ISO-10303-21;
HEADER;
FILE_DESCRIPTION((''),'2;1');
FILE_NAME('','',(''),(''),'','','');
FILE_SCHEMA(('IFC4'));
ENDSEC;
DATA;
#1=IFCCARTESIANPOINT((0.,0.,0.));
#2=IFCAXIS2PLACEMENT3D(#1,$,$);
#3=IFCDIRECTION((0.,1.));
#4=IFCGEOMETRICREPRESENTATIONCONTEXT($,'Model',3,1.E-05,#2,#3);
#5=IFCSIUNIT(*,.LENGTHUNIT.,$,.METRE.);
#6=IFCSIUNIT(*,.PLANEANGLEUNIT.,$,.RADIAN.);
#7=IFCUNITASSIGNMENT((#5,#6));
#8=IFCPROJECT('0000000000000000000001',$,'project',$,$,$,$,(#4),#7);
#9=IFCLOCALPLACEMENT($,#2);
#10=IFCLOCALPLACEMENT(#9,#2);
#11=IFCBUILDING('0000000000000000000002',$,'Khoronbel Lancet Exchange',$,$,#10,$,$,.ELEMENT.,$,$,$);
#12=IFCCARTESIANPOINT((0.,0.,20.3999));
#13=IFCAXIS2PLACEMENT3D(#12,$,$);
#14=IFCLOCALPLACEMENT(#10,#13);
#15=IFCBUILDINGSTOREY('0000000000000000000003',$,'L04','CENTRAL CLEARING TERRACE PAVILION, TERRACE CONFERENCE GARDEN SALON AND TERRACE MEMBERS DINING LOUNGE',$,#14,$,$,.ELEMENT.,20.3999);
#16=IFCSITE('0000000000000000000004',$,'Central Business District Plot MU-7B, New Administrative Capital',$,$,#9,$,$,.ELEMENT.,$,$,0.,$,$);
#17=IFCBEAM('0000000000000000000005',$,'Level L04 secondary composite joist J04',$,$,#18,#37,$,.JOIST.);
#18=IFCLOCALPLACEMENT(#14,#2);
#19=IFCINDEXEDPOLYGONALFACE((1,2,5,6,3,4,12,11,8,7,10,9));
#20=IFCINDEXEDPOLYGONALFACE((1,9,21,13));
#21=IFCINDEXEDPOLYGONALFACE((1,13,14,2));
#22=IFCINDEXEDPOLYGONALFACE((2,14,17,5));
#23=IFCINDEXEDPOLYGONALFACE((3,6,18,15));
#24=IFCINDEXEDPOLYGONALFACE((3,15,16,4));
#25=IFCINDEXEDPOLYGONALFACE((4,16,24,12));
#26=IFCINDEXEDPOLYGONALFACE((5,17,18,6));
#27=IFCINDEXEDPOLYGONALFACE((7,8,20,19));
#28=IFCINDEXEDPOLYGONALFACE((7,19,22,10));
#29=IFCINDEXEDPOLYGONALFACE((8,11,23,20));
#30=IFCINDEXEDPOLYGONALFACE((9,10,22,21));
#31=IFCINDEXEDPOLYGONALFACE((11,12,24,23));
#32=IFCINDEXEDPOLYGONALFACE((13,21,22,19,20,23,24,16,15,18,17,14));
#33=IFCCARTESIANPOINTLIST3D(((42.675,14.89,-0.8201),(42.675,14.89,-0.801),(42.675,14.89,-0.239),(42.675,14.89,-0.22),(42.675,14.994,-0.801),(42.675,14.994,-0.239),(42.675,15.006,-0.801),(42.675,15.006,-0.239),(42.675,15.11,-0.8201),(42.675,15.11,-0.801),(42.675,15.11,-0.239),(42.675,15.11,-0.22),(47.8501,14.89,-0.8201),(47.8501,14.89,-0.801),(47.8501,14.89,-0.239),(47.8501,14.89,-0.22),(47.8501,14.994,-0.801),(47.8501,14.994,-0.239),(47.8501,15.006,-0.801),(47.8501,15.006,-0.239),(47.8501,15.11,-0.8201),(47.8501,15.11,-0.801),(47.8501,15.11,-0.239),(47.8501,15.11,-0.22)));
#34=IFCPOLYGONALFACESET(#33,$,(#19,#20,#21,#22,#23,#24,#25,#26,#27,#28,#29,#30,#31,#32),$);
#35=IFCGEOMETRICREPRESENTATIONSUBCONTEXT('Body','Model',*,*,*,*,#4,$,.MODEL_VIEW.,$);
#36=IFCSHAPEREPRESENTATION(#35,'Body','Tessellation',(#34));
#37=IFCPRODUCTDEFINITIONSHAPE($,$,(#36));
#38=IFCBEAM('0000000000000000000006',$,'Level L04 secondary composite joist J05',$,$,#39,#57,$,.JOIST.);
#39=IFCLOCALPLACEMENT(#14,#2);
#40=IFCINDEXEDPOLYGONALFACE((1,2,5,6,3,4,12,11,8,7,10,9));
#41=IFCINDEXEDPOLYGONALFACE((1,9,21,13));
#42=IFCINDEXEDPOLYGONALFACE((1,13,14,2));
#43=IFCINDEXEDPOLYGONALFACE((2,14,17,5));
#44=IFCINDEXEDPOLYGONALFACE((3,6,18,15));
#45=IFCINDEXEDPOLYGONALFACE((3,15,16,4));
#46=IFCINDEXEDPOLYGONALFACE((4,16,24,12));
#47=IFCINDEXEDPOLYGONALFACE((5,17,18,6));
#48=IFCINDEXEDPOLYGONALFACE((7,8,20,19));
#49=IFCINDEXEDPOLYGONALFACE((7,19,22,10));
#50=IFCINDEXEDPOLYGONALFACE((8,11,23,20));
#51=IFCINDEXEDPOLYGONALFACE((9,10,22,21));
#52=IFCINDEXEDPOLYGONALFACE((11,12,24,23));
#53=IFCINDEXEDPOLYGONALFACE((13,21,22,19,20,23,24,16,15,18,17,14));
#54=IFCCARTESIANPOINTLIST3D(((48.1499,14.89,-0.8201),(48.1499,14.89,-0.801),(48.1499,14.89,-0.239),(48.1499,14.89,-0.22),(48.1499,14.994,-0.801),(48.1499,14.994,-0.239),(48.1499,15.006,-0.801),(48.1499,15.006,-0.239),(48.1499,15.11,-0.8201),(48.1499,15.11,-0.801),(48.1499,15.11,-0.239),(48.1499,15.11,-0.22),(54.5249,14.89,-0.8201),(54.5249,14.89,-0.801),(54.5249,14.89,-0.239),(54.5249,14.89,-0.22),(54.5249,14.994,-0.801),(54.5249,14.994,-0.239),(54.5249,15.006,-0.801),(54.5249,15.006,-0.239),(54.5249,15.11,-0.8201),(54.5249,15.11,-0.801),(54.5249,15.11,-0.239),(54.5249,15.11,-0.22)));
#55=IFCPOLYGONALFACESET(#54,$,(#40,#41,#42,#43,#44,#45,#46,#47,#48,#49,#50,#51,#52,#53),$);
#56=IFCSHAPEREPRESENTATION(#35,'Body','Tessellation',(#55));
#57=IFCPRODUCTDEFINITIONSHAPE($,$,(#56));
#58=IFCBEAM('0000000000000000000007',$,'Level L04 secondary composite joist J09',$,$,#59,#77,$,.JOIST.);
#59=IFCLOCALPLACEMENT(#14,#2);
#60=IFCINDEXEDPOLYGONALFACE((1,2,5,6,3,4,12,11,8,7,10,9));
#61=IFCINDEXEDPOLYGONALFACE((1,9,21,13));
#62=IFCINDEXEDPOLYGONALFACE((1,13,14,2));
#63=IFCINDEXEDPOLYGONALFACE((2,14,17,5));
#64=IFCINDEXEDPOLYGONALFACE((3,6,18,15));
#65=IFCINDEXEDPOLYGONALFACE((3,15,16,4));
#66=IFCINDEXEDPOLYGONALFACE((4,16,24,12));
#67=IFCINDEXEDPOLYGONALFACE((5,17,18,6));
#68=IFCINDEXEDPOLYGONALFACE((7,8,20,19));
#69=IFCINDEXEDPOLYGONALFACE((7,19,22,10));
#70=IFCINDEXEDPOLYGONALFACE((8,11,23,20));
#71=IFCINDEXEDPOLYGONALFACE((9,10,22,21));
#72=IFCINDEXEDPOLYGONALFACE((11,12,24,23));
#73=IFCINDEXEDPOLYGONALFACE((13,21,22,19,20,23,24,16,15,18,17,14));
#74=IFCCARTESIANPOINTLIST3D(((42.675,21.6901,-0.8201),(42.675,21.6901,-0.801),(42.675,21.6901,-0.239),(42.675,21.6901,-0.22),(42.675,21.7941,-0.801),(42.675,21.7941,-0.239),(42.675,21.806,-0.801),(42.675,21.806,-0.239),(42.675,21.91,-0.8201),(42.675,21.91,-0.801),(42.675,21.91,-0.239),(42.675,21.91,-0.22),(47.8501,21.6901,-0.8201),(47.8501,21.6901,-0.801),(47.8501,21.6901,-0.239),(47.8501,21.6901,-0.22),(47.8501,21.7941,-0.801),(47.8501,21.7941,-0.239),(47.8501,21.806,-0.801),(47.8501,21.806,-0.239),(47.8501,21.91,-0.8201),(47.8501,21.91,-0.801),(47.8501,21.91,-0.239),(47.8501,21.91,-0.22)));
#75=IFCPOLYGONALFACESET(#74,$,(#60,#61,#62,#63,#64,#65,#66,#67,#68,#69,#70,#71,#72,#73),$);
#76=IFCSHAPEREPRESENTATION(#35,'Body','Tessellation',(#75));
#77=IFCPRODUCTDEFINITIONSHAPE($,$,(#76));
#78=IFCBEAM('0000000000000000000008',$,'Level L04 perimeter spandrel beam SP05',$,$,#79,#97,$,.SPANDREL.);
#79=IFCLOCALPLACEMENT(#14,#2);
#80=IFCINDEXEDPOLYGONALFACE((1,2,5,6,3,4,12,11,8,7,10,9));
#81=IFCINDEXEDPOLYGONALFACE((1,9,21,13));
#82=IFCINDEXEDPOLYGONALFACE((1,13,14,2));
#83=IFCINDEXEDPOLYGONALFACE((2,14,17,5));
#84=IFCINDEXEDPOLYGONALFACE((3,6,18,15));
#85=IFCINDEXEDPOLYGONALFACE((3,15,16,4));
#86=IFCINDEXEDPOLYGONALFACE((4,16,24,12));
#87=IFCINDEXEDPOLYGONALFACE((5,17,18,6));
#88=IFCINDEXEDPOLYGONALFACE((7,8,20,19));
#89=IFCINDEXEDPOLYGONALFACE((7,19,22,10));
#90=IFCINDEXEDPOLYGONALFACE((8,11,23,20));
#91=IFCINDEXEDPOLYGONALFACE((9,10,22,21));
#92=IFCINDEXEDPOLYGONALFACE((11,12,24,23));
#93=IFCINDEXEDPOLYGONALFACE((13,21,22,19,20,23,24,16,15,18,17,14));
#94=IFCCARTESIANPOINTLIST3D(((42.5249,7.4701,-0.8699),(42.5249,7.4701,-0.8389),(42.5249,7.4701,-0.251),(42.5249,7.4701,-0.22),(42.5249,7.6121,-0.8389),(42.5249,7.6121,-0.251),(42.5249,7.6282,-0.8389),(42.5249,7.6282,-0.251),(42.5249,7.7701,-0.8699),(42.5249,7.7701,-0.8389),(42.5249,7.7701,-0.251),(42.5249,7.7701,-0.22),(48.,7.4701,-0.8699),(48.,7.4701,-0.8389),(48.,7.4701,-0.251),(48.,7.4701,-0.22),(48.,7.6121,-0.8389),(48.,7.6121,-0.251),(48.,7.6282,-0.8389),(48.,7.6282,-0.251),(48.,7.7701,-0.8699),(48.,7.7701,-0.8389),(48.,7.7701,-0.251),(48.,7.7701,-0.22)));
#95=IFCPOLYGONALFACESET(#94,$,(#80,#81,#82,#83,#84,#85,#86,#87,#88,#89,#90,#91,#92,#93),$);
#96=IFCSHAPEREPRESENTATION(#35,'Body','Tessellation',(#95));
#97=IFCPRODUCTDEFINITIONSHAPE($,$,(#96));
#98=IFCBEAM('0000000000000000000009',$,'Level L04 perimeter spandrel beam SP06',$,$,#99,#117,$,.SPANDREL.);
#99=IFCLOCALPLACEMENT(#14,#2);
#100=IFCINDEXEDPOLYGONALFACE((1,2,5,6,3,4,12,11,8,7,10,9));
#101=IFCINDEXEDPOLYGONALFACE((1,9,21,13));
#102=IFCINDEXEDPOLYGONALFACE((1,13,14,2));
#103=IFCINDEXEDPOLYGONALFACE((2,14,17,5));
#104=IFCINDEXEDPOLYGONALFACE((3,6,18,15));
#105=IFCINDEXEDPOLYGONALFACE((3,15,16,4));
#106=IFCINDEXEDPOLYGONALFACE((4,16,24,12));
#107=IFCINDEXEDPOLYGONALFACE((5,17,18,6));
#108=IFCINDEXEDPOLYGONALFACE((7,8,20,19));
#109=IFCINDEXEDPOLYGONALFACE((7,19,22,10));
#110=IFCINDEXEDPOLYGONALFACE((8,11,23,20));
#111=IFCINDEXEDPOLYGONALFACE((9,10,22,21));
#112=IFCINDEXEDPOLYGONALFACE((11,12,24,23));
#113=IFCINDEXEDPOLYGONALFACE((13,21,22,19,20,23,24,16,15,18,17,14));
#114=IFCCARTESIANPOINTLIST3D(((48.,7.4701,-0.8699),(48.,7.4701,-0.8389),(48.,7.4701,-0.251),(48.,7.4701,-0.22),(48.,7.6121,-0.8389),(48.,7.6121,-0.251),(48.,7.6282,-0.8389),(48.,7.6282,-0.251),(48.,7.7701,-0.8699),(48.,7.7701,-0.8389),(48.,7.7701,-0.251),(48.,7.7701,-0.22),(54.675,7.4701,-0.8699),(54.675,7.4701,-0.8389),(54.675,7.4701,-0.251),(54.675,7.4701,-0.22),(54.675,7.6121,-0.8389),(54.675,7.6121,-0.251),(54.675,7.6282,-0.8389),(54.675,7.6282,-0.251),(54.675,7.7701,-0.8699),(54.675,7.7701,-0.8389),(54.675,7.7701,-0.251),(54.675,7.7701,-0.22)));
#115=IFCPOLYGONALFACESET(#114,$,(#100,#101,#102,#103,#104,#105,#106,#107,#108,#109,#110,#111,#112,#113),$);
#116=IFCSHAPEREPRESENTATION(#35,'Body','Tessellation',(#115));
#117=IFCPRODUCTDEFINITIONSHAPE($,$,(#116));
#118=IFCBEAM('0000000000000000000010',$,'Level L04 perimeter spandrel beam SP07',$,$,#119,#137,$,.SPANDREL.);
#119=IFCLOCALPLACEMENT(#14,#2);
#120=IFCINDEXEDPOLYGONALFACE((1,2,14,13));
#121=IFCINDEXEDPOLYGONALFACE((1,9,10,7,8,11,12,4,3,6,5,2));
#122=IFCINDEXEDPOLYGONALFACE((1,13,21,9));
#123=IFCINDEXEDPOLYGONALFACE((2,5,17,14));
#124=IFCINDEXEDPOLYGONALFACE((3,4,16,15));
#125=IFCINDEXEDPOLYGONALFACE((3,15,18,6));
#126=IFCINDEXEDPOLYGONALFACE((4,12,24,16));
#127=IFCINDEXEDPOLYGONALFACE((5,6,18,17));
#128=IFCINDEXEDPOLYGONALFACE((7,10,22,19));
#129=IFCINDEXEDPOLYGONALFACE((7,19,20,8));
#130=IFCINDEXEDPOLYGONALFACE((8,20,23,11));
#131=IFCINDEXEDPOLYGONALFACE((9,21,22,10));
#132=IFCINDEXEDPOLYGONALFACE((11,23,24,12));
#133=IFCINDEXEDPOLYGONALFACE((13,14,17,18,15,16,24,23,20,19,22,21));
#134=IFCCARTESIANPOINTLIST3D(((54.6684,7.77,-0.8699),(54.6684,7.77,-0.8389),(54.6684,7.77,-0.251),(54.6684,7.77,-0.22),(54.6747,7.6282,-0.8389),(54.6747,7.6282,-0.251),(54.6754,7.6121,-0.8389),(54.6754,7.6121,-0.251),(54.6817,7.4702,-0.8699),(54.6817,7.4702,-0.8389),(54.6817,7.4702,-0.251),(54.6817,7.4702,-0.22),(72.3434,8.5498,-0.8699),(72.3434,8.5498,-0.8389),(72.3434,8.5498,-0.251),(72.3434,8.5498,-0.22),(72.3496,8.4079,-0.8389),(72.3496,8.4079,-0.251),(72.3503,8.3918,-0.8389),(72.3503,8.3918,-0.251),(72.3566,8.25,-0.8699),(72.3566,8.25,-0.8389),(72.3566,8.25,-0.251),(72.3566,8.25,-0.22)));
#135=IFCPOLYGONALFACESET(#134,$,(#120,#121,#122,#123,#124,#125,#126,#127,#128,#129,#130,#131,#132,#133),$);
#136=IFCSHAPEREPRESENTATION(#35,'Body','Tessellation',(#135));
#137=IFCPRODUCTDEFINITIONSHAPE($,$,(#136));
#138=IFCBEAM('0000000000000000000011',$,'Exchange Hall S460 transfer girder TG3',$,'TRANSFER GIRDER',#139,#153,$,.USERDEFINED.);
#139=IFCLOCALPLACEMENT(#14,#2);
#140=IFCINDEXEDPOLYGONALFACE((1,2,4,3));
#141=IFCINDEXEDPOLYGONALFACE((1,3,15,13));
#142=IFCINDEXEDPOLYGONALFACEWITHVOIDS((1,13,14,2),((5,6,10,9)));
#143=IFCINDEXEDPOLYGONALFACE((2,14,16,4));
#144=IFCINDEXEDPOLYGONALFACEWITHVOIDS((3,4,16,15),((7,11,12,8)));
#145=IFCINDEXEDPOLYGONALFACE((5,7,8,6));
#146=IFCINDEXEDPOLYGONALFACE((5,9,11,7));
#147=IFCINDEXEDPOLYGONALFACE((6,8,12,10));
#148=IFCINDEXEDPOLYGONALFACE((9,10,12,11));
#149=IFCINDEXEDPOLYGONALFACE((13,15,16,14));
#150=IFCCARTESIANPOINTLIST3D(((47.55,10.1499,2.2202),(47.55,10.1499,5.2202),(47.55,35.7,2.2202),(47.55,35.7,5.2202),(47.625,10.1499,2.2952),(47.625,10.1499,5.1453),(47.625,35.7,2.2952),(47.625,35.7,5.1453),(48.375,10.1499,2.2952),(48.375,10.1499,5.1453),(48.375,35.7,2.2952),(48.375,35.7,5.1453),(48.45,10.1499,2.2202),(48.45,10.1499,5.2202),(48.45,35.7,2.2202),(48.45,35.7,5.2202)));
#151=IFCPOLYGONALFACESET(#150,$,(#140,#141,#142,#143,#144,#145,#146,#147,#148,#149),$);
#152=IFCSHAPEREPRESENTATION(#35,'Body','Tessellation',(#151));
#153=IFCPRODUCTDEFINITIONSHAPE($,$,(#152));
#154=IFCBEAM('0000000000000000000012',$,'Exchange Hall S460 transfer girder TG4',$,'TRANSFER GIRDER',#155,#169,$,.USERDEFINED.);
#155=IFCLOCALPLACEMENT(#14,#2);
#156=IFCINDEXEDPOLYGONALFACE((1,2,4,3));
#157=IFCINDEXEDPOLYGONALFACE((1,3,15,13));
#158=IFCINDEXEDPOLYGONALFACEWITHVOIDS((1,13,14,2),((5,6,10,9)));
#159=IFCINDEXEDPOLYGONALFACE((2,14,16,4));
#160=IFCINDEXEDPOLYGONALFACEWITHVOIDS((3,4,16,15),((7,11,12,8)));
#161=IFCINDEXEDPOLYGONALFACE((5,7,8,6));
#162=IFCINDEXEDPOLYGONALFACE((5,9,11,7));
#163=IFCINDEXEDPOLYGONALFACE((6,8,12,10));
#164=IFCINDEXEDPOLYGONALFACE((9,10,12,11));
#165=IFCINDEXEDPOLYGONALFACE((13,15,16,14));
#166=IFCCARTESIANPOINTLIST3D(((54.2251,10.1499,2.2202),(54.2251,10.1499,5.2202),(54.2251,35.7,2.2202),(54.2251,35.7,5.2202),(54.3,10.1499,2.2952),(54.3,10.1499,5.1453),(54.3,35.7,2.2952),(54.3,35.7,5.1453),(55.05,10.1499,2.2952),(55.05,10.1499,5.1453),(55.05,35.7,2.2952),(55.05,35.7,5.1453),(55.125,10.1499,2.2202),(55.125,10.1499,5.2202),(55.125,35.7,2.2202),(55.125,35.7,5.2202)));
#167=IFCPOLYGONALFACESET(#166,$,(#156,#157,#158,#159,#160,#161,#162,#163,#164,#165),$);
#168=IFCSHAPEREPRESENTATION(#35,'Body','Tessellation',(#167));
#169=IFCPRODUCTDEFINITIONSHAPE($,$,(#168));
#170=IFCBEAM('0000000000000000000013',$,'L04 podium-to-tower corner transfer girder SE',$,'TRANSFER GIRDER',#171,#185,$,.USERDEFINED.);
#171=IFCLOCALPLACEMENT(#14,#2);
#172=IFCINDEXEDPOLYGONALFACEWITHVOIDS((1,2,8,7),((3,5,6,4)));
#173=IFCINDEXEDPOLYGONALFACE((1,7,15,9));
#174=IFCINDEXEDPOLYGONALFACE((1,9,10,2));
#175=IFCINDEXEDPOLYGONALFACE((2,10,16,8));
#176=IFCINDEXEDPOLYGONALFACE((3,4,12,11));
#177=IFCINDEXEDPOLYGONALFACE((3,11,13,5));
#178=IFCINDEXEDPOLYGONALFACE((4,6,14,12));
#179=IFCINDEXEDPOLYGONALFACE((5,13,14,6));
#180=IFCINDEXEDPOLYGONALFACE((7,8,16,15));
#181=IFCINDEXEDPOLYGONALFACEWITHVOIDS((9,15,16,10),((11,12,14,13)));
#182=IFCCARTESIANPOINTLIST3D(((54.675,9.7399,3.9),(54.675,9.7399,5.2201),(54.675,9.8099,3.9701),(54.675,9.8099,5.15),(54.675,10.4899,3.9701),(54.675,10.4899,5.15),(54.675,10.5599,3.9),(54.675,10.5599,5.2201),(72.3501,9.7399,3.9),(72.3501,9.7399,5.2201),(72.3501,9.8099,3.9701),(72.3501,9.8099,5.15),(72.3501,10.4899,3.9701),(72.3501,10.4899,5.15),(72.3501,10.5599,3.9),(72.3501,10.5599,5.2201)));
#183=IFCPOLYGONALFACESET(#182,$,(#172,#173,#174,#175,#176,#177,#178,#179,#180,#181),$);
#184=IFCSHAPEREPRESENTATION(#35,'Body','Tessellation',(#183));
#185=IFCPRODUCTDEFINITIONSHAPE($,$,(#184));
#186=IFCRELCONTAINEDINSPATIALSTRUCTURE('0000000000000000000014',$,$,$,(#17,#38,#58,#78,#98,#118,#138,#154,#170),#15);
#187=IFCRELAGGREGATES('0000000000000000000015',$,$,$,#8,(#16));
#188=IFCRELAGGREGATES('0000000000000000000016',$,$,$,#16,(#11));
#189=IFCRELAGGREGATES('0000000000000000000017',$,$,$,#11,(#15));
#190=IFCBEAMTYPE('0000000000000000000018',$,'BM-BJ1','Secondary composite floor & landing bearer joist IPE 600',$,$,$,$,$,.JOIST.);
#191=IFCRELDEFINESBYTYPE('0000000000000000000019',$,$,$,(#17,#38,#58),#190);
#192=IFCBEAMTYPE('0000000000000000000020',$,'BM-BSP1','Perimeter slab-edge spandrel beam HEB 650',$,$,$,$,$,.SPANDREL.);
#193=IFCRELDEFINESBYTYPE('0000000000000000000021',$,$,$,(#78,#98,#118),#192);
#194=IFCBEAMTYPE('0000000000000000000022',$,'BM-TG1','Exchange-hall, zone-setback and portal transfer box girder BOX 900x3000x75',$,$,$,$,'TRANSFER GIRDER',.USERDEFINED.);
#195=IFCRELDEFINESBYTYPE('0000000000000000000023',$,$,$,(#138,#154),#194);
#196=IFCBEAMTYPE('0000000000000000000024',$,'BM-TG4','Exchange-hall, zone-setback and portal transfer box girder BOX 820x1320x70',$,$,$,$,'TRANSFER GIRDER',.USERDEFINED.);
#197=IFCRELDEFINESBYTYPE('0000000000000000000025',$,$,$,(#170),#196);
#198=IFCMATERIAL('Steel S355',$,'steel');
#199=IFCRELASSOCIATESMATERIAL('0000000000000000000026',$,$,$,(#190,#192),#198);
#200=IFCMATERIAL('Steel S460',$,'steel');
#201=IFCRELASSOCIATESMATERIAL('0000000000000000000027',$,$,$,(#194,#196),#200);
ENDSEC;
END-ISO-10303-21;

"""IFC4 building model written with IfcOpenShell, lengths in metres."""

from ifc_helpers import new_model, si_unit, direction, frame, origin, origin_2d, place, context, subcontext, project, spatial, hollow_rectangle, i_section, extrude, material, material_profile, profile_set, type_object, element, save


model = new_model("IFC4")

# Units and contexts
model_context = context("Model", 3, precision=1e-05, world=origin(), true_north=direction((0.0, 1.0)))
body_context = subcontext(model_context, "Body", "Model", "MODEL_VIEW")
ifc_project = project(units=[si_unit("LENGTHUNIT", "METRE"), si_unit("PLANEANGLEUNIT", "RADIAN")], contexts=[model_context])

# Site, building, storey
site_placement = place(None, origin())
site = spatial("IfcSite", under=ifc_project, at=site_placement, Name="Central Business District Plot MU-7B, New Administrative Capital", CompositionType="ELEMENT", RefElevation=0.0)
building_placement = place(site_placement, origin())
building = spatial("IfcBuilding", under=site, at=building_placement, Name="Khoronbel Lancet Exchange", CompositionType="ELEMENT")
storey_placement = place(building_placement, frame((0.0, 0.0, 20.3999)))
storey = spatial("IfcBuildingStorey", under=building, at=storey_placement, Name="L04", Description="CENTRAL CLEARING TERRACE PAVILION, TERRACE CONFERENCE GARDEN SALON AND TERRACE MEMBERS DINING LOUNGE", CompositionType="ELEMENT", Elevation=20.3999)

# Shared definitions
ifc_material_1 = material(Name="Steel S460", Category="steel")
ifc_material_2 = material(Name="Steel S355", Category="steel")

# Beams
ifc_material_profile_1 = material_profile(ifc_material_2, i_section(OverallWidth=0.22, OverallDepth=0.6001, WebThickness=0.012, FlangeThickness=0.019, at=origin_2d()), Name="IPE 600")
ifc_profile_set_1 = profile_set([ifc_material_profile_1], Name="Steel S355")
beam_type_1 = type_object("IfcBeamType", Name="BM-BJ1", Description="Secondary composite floor & landing bearer joist IPE 600", PredefinedType="JOIST", material=ifc_profile_set_1)
beam_1_placement = place(storey_placement, frame((42.675, 15.0, -0.52), z_axis=(1.0, 0.0, 0.0), x_axis=(0.0, 1.0, 0.0)))
element("IfcBeam", 1, at=beam_1_placement, inside=storey, type_object=beam_type_1, Name="Level L04 secondary composite joist J04", PredefinedType="JOIST", context=body_context, shape_type="SweptSolid", body=[
    extrude(i_section(OverallWidth=0.22, OverallDepth=0.6001, WebThickness=0.012, FlangeThickness=0.019, at=origin_2d()), origin(), (0.0, 0.0, 1.0), 5.175),
])
beam_2_placement = place(storey_placement, frame((48.1499, 15.0, -0.52), z_axis=(1.0, 0.0, 0.0), x_axis=(0.0, 1.0, 0.0)))
element("IfcBeam", 2, at=beam_2_placement, inside=storey, type_object=beam_type_1, Name="Level L04 secondary composite joist J05", PredefinedType="JOIST", context=body_context, shape_type="SweptSolid", body=[
    extrude(i_section(OverallWidth=0.22, OverallDepth=0.6001, WebThickness=0.012, FlangeThickness=0.019, at=origin_2d()), origin(), (0.0, 0.0, 1.0), 6.375),
])
beam_3_placement = place(storey_placement, frame((42.675, 21.8, -0.52), z_axis=(1.0, 0.0, 0.0), x_axis=(0.0, 1.0, 0.0)))
element("IfcBeam", 3, at=beam_3_placement, inside=storey, type_object=beam_type_1, Name="Level L04 secondary composite joist J09", PredefinedType="JOIST", context=body_context, shape_type="SweptSolid", body=[
    extrude(i_section(OverallWidth=0.22, OverallDepth=0.6001, WebThickness=0.012, FlangeThickness=0.019, at=origin_2d()), origin(), (0.0, 0.0, 1.0), 5.175),
])
ifc_material_profile_2 = material_profile(ifc_material_2, i_section(OverallWidth=0.3, OverallDepth=0.6499, WebThickness=0.0161, FlangeThickness=0.031, at=origin_2d()), Name="HEB 650")
ifc_profile_set_2 = profile_set([ifc_material_profile_2], Name="Steel S355")
beam_type_2 = type_object("IfcBeamType", Name="BM-BSP1", Description="Perimeter slab-edge spandrel beam HEB 650", PredefinedType="SPANDREL", material=ifc_profile_set_2)
beam_4_placement = place(storey_placement, frame((42.5249, 7.6201, -0.5449), z_axis=(1.0, 0.0, 0.0), x_axis=(0.0, 1.0, 0.0)))
element("IfcBeam", 4, at=beam_4_placement, inside=storey, type_object=beam_type_2, Name="Level L04 perimeter spandrel beam SP05", PredefinedType="SPANDREL", context=body_context, shape_type="SweptSolid", body=[
    extrude(i_section(OverallWidth=0.3, OverallDepth=0.6499, WebThickness=0.0161, FlangeThickness=0.031, at=origin_2d()), origin(), (0.0, 0.0, 1.0), 5.4751),
])
beam_5_placement = place(storey_placement, frame((48.0, 7.6201, -0.5449), z_axis=(1.0, 0.0, 0.0), x_axis=(0.0, 1.0, 0.0)))
element("IfcBeam", 5, at=beam_5_placement, inside=storey, type_object=beam_type_2, Name="Level L04 perimeter spandrel beam SP06", PredefinedType="SPANDREL", context=body_context, shape_type="SweptSolid", body=[
    extrude(i_section(OverallWidth=0.3, OverallDepth=0.6499, WebThickness=0.0161, FlangeThickness=0.031, at=origin_2d()), origin(), (0.0, 0.0, 1.0), 6.675),
])
beam_6_placement = place(storey_placement, frame((54.675, 7.6201, -0.5449), z_axis=(0.999028, 0.044075, 0.0), x_axis=(-0.044075, 0.999028, 0.0)))
element("IfcBeam", 6, at=beam_6_placement, inside=storey, type_object=beam_type_2, Name="Level L04 perimeter spandrel beam SP07", PredefinedType="SPANDREL", context=body_context, shape_type="SweptSolid", body=[
    extrude(i_section(OverallWidth=0.3, OverallDepth=0.6499, WebThickness=0.0161, FlangeThickness=0.031, at=origin_2d()), origin(), (0.0, 0.0, 1.0), 17.6921),
])
ifc_material_profile_3 = material_profile(ifc_material_1, hollow_rectangle(XDim=0.8999, YDim=3.0, WallThickness=0.075, at=origin_2d()), Name="BOX 900x3000x75")
ifc_profile_set_3 = profile_set([ifc_material_profile_3], Name="Steel S460")
beam_type_3 = type_object("IfcBeamType", Name="BM-TG1", Description="Exchange-hall, zone-setback and portal transfer box girder BOX 900x3000x75", ElementType="TRANSFER GIRDER", PredefinedType="USERDEFINED", material=ifc_profile_set_3)
for number, where, z_axis, x_axis, name in (
    (7, (48.0, 10.1499, 3.7202), (0.0, 1.0, 0.0), (-1.0, 0.0, 0.0), "Exchange Hall S460 transfer girder TG3"),
    (8, (54.675, 10.1499, 3.7202), (0.0, 1.0, 0.0), (-1.0, 0.0, 0.0), "Exchange Hall S460 transfer girder TG4"),
):
    element("IfcBeam", number, at=place(storey_placement, frame(where, z_axis=z_axis, x_axis=x_axis)), inside=storey, type_object=beam_type_3, Name=name, ObjectType="TRANSFER GIRDER", PredefinedType="USERDEFINED", context=body_context, shape_type="SweptSolid", body=[
        extrude(hollow_rectangle(XDim=0.8999, YDim=3.0, WallThickness=0.075, at=origin_2d()), origin(), (0.0, 0.0, 1.0), 25.55),
    ])
ifc_material_profile_4 = material_profile(ifc_material_1, hollow_rectangle(XDim=0.8201, YDim=1.3201, WallThickness=0.0701, at=origin_2d()), Name="BOX 820x1320x70")
ifc_profile_set_4 = profile_set([ifc_material_profile_4], Name="Steel S460")
beam_type_4 = type_object("IfcBeamType", Name="BM-TG4", Description="Exchange-hall, zone-setback and portal transfer box girder BOX 820x1320x70", ElementType="TRANSFER GIRDER", PredefinedType="USERDEFINED", material=ifc_profile_set_4)
beam_7_placement = place(storey_placement, frame((54.675, 10.1499, 4.5601), z_axis=(1.0, 0.0, 0.0), x_axis=(0.0, 1.0, 0.0)))
element("IfcBeam", 9, at=beam_7_placement, inside=storey, type_object=beam_type_4, Name="L04 podium-to-tower corner transfer girder SE", ObjectType="TRANSFER GIRDER", PredefinedType="USERDEFINED", context=body_context, shape_type="SweptSolid", body=[
    extrude(hollow_rectangle(XDim=0.8201, YDim=1.3201, WallThickness=0.0701, at=origin_2d()), origin(), (0.0, 0.0, 1.0), 17.675),
])

save(model, "model.ifc")
